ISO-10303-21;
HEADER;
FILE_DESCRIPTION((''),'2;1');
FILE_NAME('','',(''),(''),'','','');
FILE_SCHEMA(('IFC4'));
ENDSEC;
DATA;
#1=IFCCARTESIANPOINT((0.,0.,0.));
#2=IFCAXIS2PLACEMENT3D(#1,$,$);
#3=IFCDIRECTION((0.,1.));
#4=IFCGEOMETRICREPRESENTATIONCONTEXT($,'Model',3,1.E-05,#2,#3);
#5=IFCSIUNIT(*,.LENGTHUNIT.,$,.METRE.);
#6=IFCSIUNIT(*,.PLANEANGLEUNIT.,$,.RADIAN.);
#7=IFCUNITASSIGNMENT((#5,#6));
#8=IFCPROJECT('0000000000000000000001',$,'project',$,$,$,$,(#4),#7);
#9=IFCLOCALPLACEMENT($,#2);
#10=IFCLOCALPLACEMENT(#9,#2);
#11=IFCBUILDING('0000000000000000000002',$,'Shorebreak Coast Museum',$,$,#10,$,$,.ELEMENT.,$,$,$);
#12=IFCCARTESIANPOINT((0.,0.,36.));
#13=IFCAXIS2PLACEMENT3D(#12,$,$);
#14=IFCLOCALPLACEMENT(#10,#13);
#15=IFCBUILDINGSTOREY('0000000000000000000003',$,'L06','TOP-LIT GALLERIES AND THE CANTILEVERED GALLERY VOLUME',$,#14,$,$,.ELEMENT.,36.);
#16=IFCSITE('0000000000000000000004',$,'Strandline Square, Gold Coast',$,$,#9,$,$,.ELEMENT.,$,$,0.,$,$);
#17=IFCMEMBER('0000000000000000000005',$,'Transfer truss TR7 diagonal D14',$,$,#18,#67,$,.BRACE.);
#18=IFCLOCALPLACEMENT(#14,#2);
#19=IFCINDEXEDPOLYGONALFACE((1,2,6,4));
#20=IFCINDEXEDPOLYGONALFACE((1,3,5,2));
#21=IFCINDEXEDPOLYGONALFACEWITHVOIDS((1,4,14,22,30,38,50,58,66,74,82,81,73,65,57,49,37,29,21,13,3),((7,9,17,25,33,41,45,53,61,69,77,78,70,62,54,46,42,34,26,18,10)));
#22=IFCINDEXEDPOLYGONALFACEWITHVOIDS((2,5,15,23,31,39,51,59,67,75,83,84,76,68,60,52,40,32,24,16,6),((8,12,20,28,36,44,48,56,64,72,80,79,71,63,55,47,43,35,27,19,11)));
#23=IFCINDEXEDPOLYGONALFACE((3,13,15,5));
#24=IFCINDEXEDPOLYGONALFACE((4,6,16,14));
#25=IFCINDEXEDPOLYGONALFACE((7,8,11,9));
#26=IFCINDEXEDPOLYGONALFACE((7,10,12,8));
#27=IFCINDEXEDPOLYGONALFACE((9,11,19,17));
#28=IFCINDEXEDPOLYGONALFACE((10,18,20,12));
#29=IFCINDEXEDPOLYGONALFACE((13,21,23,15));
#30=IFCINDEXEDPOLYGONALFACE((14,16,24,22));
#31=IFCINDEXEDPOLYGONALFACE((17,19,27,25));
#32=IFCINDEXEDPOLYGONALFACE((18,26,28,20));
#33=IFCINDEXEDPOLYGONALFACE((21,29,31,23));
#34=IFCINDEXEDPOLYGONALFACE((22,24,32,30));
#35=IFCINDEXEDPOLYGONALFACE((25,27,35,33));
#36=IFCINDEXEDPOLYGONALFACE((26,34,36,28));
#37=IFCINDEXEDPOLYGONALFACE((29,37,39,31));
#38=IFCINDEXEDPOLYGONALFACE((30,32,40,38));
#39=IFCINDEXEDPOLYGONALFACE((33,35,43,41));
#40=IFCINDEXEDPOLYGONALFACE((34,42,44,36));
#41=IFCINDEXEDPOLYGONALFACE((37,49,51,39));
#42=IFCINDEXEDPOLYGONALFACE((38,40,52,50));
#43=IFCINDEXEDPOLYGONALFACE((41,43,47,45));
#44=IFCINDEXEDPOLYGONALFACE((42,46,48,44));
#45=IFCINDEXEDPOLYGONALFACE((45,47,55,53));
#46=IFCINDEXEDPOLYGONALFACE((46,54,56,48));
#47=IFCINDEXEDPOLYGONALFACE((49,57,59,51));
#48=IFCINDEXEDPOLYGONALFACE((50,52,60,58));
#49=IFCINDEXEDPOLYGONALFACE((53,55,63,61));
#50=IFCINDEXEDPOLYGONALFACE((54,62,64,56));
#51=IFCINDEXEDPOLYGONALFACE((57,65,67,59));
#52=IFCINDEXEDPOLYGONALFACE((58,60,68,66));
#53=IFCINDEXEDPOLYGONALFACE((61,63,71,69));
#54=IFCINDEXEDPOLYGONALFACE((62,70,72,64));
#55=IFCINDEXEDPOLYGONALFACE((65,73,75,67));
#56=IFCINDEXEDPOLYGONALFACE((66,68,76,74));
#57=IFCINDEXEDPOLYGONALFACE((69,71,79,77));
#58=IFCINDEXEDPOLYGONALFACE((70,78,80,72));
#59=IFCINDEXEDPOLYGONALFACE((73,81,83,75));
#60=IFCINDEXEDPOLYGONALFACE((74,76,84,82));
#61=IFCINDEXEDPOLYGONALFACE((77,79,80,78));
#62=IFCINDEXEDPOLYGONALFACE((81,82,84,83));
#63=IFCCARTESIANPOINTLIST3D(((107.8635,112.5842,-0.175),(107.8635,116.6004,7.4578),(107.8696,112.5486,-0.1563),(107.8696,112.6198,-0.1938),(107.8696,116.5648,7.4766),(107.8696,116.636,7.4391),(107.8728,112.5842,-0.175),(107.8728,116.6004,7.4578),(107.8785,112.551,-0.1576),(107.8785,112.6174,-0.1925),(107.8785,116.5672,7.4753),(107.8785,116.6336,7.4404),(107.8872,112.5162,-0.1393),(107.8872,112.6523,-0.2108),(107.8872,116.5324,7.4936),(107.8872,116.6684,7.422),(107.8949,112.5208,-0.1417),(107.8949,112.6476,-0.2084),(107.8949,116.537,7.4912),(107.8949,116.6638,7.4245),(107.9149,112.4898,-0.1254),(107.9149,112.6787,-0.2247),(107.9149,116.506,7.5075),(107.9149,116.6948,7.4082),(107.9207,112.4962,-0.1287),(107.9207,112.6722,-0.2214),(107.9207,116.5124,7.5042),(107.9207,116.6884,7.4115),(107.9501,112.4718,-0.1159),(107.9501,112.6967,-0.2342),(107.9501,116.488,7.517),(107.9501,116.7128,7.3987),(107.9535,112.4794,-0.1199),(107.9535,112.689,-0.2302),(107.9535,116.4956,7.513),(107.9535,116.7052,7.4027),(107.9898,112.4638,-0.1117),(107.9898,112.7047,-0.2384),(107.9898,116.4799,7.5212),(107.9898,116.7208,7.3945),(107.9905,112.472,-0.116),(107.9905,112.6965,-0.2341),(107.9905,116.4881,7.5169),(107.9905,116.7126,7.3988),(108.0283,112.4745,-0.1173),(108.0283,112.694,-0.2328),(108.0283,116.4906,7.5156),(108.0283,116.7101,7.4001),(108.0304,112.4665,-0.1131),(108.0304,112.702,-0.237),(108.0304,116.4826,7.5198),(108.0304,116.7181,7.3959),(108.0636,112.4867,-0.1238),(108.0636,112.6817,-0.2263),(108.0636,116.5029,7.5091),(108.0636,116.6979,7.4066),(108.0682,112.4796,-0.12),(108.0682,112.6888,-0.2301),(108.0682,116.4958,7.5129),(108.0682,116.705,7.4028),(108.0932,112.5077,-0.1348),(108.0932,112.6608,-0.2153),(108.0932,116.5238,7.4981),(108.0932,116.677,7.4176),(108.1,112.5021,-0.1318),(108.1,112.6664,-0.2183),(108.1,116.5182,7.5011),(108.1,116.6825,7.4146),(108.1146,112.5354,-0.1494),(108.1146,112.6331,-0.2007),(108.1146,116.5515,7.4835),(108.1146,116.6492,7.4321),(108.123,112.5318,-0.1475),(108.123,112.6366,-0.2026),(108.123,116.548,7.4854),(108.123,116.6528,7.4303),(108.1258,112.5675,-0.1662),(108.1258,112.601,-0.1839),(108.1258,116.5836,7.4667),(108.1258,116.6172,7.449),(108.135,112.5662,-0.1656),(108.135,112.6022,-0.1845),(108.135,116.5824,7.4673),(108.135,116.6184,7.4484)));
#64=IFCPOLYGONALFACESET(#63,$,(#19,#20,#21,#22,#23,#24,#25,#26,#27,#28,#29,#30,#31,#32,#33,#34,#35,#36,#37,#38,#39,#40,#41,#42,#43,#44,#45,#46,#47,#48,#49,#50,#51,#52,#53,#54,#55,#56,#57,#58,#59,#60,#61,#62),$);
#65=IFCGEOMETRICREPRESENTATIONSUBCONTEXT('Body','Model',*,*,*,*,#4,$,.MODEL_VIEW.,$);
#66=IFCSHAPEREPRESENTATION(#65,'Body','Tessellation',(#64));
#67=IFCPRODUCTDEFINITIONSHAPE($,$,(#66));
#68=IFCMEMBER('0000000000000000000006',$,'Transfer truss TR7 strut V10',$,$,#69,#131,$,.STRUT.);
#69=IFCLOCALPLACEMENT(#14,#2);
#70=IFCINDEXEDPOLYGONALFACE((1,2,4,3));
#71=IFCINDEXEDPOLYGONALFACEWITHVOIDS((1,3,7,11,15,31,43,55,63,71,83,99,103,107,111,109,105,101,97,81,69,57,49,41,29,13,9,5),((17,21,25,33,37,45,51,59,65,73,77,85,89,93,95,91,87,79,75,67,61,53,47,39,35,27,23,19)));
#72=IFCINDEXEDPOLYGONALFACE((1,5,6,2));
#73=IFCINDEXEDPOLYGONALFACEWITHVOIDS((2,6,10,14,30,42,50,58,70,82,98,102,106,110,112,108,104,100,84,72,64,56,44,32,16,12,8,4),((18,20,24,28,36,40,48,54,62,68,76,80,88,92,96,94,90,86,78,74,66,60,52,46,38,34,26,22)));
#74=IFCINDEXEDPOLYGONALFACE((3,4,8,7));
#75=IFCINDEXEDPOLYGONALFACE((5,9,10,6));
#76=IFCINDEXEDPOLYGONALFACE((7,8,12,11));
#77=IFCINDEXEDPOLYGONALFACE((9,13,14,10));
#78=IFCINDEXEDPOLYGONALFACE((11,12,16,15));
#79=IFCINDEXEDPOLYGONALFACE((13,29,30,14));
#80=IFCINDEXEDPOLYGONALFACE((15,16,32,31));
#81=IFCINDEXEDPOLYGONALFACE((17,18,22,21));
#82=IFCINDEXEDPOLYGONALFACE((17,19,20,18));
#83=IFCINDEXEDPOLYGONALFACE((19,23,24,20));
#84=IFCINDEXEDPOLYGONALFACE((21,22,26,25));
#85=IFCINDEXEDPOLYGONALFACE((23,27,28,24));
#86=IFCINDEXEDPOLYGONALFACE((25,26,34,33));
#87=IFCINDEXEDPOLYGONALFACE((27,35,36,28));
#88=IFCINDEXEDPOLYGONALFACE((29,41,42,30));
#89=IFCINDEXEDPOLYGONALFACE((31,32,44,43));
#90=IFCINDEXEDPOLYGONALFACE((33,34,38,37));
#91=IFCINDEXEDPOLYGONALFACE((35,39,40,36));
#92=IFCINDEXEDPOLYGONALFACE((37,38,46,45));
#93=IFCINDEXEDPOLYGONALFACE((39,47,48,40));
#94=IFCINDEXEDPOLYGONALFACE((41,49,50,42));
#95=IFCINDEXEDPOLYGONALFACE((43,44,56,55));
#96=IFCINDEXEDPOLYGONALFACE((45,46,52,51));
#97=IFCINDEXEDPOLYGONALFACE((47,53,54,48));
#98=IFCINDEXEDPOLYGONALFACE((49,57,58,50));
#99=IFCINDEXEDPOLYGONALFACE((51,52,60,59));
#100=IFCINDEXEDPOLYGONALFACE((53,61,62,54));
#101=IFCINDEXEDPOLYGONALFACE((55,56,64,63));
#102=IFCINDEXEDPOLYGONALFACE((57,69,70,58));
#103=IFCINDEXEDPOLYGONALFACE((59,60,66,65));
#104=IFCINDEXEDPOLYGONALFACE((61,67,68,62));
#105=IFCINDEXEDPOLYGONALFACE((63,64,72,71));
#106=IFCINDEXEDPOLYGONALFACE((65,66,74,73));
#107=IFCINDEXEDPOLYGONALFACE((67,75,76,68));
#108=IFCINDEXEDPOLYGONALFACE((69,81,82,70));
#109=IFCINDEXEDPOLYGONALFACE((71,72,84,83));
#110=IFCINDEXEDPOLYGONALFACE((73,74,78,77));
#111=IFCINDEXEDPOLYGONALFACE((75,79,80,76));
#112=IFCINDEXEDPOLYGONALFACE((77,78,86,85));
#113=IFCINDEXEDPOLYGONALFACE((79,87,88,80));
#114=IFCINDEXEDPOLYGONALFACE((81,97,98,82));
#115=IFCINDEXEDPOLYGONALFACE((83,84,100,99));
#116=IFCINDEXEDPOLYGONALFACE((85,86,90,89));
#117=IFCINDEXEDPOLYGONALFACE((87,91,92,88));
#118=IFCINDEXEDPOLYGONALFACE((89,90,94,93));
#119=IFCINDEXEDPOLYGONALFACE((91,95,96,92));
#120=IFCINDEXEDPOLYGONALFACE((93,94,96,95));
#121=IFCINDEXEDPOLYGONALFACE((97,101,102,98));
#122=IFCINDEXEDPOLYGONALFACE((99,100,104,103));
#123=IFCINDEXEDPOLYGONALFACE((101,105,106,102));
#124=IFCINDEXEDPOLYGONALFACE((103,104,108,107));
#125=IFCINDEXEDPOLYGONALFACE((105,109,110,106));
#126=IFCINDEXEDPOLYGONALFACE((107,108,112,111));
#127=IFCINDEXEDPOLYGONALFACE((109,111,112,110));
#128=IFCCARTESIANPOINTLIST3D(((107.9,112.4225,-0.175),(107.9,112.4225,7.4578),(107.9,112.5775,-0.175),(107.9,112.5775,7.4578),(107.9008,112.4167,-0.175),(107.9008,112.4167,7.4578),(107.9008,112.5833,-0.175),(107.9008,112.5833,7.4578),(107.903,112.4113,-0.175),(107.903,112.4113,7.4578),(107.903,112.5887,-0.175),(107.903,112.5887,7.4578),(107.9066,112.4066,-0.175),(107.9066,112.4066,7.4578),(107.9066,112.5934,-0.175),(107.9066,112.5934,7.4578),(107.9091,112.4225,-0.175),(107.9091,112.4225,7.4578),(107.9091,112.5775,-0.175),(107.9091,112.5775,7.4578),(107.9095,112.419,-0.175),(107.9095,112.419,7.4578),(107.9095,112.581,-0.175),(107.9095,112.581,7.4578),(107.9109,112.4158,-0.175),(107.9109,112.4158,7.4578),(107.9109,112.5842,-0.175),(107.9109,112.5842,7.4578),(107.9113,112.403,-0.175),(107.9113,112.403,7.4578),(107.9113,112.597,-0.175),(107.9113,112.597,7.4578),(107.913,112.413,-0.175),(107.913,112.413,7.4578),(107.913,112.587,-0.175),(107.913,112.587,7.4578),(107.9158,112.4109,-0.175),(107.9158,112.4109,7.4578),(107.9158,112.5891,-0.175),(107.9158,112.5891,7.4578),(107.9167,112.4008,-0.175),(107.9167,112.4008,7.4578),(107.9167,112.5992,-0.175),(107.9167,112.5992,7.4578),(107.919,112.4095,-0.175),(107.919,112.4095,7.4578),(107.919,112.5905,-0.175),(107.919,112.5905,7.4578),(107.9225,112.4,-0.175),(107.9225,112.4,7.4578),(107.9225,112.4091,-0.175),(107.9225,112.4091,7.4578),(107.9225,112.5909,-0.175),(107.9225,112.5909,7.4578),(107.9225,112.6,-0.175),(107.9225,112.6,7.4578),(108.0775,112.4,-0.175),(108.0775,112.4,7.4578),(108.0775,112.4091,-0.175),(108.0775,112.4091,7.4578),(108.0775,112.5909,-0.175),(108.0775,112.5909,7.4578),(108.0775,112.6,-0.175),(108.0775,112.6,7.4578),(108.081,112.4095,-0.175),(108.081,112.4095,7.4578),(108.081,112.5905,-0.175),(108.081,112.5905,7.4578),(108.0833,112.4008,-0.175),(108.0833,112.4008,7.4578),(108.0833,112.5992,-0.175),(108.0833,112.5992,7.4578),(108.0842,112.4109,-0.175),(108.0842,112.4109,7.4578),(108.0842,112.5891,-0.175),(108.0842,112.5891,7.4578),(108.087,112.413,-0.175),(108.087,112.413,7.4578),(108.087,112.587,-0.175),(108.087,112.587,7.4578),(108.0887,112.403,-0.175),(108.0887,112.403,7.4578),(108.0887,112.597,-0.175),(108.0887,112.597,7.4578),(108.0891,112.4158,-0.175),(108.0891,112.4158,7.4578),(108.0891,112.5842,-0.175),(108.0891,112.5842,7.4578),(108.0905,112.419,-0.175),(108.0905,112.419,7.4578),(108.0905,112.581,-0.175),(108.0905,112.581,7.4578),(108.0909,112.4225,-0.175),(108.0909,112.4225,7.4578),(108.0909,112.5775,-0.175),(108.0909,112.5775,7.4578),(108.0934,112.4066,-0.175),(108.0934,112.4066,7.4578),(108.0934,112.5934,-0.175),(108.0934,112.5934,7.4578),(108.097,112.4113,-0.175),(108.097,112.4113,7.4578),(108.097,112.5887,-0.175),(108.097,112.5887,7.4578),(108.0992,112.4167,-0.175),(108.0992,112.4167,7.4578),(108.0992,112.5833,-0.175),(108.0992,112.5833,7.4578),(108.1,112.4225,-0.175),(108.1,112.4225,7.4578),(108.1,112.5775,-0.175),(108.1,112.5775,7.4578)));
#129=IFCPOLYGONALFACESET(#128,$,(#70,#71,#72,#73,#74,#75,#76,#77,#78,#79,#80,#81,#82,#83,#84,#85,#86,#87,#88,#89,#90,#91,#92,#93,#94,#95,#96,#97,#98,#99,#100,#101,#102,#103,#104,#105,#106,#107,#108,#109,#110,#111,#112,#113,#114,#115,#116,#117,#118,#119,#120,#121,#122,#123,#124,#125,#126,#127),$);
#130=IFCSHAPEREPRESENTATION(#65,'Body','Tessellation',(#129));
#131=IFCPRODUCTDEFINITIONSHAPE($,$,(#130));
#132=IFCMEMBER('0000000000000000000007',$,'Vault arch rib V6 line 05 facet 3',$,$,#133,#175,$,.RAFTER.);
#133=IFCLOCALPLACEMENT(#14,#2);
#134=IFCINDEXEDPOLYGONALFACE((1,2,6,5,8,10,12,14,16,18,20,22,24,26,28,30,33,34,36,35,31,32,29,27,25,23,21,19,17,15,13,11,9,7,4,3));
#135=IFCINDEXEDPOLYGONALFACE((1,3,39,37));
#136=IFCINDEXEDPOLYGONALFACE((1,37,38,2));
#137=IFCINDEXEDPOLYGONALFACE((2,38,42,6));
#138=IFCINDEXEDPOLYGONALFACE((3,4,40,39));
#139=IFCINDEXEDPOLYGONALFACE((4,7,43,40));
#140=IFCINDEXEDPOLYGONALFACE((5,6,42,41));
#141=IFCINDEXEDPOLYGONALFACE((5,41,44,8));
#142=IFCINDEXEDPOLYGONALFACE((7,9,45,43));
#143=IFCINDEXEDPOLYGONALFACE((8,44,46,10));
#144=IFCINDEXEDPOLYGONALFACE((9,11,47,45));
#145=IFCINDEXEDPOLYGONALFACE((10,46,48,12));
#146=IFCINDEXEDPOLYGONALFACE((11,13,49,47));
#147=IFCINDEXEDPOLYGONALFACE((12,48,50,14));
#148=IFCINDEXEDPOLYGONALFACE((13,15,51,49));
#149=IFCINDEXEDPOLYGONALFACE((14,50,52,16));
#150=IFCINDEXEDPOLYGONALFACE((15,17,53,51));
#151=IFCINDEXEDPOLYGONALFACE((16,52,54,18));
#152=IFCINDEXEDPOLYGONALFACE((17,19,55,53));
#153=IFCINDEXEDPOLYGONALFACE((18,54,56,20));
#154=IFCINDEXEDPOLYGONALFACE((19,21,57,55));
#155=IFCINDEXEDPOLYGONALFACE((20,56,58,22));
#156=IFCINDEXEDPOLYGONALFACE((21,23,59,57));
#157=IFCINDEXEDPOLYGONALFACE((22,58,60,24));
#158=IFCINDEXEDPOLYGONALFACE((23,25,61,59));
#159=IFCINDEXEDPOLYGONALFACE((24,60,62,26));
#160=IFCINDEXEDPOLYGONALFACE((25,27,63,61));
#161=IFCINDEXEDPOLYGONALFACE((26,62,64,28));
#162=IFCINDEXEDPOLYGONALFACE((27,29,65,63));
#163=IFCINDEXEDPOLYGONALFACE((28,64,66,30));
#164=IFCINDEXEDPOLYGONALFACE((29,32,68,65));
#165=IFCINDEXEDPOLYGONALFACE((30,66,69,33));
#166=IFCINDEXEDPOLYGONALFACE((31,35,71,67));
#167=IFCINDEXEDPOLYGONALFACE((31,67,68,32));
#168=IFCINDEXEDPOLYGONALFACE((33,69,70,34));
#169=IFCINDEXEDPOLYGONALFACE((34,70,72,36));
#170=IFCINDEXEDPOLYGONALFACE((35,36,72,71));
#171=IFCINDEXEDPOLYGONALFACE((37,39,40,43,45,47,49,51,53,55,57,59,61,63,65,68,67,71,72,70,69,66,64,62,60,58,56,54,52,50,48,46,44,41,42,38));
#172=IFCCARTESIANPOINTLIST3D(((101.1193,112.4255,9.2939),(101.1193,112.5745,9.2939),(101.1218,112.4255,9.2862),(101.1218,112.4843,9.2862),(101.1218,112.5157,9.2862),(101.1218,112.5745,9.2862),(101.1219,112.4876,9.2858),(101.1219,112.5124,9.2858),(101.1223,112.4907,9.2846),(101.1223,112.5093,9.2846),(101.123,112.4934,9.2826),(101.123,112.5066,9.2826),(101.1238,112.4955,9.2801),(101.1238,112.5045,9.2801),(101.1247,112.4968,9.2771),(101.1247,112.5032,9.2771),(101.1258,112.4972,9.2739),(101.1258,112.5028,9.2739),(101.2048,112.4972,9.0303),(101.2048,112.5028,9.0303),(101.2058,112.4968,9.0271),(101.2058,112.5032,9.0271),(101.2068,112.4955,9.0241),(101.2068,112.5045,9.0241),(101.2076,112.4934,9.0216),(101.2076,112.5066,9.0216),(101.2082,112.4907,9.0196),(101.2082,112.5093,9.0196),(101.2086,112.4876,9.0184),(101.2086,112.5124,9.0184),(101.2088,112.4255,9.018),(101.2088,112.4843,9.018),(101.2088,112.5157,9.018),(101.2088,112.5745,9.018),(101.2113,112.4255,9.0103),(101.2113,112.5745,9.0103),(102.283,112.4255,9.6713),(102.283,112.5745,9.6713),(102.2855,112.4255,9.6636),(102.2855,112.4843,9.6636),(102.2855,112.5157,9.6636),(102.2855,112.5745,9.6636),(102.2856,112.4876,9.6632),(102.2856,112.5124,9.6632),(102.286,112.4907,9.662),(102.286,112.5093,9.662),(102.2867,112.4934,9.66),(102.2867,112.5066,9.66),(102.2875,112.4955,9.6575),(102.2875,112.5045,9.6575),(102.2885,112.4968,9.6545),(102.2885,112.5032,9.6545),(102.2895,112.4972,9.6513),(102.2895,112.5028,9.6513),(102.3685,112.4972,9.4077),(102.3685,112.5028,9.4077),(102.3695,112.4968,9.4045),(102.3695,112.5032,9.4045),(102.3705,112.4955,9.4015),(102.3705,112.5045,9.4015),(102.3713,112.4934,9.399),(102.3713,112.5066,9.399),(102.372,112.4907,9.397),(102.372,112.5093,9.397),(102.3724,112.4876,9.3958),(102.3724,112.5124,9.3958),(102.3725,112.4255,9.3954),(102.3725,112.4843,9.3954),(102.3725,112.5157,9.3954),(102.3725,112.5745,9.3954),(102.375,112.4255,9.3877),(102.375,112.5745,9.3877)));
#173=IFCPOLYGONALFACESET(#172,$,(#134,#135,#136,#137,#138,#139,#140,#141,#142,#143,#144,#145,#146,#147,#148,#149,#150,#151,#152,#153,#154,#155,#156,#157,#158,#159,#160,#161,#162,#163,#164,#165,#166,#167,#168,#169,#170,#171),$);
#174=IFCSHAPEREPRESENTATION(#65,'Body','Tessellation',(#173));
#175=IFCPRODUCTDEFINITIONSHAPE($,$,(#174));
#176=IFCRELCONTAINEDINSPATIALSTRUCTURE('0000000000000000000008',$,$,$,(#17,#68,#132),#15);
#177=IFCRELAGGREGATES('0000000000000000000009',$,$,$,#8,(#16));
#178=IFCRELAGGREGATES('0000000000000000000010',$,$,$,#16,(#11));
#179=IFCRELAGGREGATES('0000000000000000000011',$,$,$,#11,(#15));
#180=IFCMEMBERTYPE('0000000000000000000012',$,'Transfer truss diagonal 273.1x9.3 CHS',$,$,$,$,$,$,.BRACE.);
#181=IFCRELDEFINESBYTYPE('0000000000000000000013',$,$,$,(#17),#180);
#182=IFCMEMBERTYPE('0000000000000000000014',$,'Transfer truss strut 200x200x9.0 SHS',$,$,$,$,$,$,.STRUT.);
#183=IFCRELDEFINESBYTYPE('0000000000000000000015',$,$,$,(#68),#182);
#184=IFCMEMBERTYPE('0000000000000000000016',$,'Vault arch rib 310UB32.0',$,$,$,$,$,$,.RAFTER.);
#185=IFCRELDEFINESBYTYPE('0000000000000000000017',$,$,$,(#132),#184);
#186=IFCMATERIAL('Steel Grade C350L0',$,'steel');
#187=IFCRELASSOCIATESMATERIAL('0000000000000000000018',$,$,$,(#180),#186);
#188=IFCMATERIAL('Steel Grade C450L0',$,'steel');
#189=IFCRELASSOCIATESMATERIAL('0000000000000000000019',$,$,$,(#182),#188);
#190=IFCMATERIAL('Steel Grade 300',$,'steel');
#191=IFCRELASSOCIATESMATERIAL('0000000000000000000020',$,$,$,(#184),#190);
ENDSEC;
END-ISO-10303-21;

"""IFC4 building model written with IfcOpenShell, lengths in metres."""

from ifc_helpers import new_model, si_unit, direction, frame, origin, origin_2d, place, context, subcontext, project, spatial, hollow_rectangle, hollow_circle, i_section, extrude, material, material_profile, profile_set, type_object, element, save


model = new_model("IFC4")

# Units and contexts
model_context = context("Model", 3, precision=1e-05, world=origin(), true_north=direction((0.0, 1.0)))
body_context = subcontext(model_context, "Body", "Model", "MODEL_VIEW")
ifc_project = project(units=[si_unit("LENGTHUNIT", "METRE"), si_unit("PLANEANGLEUNIT", "RADIAN")], contexts=[model_context])

# Site, building, storey
site_placement = place(None, origin())
site = spatial("IfcSite", under=ifc_project, at=site_placement, Name="Strandline Square, Gold Coast", CompositionType="ELEMENT", RefElevation=0.0)
building_placement = place(site_placement, origin())
building = spatial("IfcBuilding", under=site, at=building_placement, Name="Shorebreak Coast Museum", CompositionType="ELEMENT")
storey_placement = place(building_placement, frame((0.0, 0.0, 36.0)))
storey = spatial("IfcBuildingStorey", under=building, at=storey_placement, Name="L06", Description="TOP-LIT GALLERIES AND THE CANTILEVERED GALLERY VOLUME", CompositionType="ELEMENT", Elevation=36.0)

# Members
ifc_material_1 = material(Name="Steel Grade C350L0", Category="steel")
ifc_material_profile_1 = material_profile(ifc_material_1, hollow_circle(Radius=0.1365, WallThickness=0.0093, at=origin_2d()), Name="273.1x9.3 CHS")
ifc_profile_set_1 = profile_set([ifc_material_profile_1], Name="Steel Grade C350L0")
member_type_1 = type_object("IfcMemberType", Name="Transfer truss diagonal 273.1x9.3 CHS", PredefinedType="BRACE", material=ifc_profile_set_1)
member_1_placement = place(storey_placement, frame((108.0, 112.5842, -0.175), z_axis=(0.0, 0.465641, 0.884973), x_axis=(-1.0, 0.0, 0.0)))
element("IfcMember", 1, at=member_1_placement, inside=storey, type_object=member_type_1, Name="Transfer truss TR7 diagonal D14", PredefinedType="BRACE", context=body_context, shape_type="SweptSolid", body=[
    extrude(hollow_circle(Radius=0.1365, WallThickness=0.0093, at=origin_2d()), origin(), (0.0, 0.0, 1.0), 8.625),
])
ifc_material_2 = material(Name="Steel Grade C450L0", Category="steel")
ifc_material_profile_2 = material_profile(ifc_material_2, hollow_rectangle(XDim=0.2, YDim=0.2, WallThickness=0.009, InnerFilletRadius=0.0134, OuterFilletRadius=0.0225, at=origin_2d()), Name="200x200x9.0 SHS")
ifc_profile_set_2 = profile_set([ifc_material_profile_2], Name="Steel Grade C450L0")
member_type_2 = type_object("IfcMemberType", Name="Transfer truss strut 200x200x9.0 SHS", PredefinedType="STRUT", material=ifc_profile_set_2)
member_2_placement = place(storey_placement, frame((108.0, 112.5, -0.175), z_axis=(0.0, 0.0, 1.0), x_axis=(1.0, 0.0, 0.0)))
element("IfcMember", 2, at=member_2_placement, inside=storey, type_object=member_type_2, Name="Transfer truss TR7 strut V10", PredefinedType="STRUT", context=body_context, shape_type="SweptSolid", body=[
    extrude(hollow_rectangle(XDim=0.2, YDim=0.2, WallThickness=0.009, InnerFilletRadius=0.0134, OuterFilletRadius=0.0225, at=origin_2d()), origin(), (0.0, 0.0, 1.0), 7.6328),
])
ifc_material_3 = material(Name="Steel Grade 300", Category="steel")
ifc_material_profile_3 = material_profile(ifc_material_3, i_section(OverallWidth=0.1489, OverallDepth=0.2981, WebThickness=0.0056, FlangeThickness=0.0081, FilletRadius=0.0129, at=origin_2d()), Name="310UB32.0")
ifc_profile_set_3 = profile_set([ifc_material_profile_3], Name="Steel Grade 300")
member_type_3 = type_object("IfcMemberType", Name="Vault arch rib 310UB32.0", PredefinedType="RAFTER", material=ifc_profile_set_3)
for number, where, z_axis, x_axis, name in (
    (3, (101.1653, 112.5, 9.1521), (0.951226, 0.0, 0.308495), (0.0, 1.0, 0.0), "Vault arch rib V6 line 05 facet 3"),
):
    element("IfcMember", number, at=place(storey_placement, frame(where, z_axis=z_axis, x_axis=x_axis)), inside=storey, type_object=member_type_3, Name=name, PredefinedType="RAFTER", context=body_context, shape_type="SweptSolid", body=[
        extrude(i_section(OverallWidth=0.1489, OverallDepth=0.2981, WebThickness=0.0056, FlangeThickness=0.0081, FilletRadius=0.0129, at=origin_2d()), origin(), (0.0, 0.0, 1.0), 1.2234),
    ])

save(model, "model.ifc")
